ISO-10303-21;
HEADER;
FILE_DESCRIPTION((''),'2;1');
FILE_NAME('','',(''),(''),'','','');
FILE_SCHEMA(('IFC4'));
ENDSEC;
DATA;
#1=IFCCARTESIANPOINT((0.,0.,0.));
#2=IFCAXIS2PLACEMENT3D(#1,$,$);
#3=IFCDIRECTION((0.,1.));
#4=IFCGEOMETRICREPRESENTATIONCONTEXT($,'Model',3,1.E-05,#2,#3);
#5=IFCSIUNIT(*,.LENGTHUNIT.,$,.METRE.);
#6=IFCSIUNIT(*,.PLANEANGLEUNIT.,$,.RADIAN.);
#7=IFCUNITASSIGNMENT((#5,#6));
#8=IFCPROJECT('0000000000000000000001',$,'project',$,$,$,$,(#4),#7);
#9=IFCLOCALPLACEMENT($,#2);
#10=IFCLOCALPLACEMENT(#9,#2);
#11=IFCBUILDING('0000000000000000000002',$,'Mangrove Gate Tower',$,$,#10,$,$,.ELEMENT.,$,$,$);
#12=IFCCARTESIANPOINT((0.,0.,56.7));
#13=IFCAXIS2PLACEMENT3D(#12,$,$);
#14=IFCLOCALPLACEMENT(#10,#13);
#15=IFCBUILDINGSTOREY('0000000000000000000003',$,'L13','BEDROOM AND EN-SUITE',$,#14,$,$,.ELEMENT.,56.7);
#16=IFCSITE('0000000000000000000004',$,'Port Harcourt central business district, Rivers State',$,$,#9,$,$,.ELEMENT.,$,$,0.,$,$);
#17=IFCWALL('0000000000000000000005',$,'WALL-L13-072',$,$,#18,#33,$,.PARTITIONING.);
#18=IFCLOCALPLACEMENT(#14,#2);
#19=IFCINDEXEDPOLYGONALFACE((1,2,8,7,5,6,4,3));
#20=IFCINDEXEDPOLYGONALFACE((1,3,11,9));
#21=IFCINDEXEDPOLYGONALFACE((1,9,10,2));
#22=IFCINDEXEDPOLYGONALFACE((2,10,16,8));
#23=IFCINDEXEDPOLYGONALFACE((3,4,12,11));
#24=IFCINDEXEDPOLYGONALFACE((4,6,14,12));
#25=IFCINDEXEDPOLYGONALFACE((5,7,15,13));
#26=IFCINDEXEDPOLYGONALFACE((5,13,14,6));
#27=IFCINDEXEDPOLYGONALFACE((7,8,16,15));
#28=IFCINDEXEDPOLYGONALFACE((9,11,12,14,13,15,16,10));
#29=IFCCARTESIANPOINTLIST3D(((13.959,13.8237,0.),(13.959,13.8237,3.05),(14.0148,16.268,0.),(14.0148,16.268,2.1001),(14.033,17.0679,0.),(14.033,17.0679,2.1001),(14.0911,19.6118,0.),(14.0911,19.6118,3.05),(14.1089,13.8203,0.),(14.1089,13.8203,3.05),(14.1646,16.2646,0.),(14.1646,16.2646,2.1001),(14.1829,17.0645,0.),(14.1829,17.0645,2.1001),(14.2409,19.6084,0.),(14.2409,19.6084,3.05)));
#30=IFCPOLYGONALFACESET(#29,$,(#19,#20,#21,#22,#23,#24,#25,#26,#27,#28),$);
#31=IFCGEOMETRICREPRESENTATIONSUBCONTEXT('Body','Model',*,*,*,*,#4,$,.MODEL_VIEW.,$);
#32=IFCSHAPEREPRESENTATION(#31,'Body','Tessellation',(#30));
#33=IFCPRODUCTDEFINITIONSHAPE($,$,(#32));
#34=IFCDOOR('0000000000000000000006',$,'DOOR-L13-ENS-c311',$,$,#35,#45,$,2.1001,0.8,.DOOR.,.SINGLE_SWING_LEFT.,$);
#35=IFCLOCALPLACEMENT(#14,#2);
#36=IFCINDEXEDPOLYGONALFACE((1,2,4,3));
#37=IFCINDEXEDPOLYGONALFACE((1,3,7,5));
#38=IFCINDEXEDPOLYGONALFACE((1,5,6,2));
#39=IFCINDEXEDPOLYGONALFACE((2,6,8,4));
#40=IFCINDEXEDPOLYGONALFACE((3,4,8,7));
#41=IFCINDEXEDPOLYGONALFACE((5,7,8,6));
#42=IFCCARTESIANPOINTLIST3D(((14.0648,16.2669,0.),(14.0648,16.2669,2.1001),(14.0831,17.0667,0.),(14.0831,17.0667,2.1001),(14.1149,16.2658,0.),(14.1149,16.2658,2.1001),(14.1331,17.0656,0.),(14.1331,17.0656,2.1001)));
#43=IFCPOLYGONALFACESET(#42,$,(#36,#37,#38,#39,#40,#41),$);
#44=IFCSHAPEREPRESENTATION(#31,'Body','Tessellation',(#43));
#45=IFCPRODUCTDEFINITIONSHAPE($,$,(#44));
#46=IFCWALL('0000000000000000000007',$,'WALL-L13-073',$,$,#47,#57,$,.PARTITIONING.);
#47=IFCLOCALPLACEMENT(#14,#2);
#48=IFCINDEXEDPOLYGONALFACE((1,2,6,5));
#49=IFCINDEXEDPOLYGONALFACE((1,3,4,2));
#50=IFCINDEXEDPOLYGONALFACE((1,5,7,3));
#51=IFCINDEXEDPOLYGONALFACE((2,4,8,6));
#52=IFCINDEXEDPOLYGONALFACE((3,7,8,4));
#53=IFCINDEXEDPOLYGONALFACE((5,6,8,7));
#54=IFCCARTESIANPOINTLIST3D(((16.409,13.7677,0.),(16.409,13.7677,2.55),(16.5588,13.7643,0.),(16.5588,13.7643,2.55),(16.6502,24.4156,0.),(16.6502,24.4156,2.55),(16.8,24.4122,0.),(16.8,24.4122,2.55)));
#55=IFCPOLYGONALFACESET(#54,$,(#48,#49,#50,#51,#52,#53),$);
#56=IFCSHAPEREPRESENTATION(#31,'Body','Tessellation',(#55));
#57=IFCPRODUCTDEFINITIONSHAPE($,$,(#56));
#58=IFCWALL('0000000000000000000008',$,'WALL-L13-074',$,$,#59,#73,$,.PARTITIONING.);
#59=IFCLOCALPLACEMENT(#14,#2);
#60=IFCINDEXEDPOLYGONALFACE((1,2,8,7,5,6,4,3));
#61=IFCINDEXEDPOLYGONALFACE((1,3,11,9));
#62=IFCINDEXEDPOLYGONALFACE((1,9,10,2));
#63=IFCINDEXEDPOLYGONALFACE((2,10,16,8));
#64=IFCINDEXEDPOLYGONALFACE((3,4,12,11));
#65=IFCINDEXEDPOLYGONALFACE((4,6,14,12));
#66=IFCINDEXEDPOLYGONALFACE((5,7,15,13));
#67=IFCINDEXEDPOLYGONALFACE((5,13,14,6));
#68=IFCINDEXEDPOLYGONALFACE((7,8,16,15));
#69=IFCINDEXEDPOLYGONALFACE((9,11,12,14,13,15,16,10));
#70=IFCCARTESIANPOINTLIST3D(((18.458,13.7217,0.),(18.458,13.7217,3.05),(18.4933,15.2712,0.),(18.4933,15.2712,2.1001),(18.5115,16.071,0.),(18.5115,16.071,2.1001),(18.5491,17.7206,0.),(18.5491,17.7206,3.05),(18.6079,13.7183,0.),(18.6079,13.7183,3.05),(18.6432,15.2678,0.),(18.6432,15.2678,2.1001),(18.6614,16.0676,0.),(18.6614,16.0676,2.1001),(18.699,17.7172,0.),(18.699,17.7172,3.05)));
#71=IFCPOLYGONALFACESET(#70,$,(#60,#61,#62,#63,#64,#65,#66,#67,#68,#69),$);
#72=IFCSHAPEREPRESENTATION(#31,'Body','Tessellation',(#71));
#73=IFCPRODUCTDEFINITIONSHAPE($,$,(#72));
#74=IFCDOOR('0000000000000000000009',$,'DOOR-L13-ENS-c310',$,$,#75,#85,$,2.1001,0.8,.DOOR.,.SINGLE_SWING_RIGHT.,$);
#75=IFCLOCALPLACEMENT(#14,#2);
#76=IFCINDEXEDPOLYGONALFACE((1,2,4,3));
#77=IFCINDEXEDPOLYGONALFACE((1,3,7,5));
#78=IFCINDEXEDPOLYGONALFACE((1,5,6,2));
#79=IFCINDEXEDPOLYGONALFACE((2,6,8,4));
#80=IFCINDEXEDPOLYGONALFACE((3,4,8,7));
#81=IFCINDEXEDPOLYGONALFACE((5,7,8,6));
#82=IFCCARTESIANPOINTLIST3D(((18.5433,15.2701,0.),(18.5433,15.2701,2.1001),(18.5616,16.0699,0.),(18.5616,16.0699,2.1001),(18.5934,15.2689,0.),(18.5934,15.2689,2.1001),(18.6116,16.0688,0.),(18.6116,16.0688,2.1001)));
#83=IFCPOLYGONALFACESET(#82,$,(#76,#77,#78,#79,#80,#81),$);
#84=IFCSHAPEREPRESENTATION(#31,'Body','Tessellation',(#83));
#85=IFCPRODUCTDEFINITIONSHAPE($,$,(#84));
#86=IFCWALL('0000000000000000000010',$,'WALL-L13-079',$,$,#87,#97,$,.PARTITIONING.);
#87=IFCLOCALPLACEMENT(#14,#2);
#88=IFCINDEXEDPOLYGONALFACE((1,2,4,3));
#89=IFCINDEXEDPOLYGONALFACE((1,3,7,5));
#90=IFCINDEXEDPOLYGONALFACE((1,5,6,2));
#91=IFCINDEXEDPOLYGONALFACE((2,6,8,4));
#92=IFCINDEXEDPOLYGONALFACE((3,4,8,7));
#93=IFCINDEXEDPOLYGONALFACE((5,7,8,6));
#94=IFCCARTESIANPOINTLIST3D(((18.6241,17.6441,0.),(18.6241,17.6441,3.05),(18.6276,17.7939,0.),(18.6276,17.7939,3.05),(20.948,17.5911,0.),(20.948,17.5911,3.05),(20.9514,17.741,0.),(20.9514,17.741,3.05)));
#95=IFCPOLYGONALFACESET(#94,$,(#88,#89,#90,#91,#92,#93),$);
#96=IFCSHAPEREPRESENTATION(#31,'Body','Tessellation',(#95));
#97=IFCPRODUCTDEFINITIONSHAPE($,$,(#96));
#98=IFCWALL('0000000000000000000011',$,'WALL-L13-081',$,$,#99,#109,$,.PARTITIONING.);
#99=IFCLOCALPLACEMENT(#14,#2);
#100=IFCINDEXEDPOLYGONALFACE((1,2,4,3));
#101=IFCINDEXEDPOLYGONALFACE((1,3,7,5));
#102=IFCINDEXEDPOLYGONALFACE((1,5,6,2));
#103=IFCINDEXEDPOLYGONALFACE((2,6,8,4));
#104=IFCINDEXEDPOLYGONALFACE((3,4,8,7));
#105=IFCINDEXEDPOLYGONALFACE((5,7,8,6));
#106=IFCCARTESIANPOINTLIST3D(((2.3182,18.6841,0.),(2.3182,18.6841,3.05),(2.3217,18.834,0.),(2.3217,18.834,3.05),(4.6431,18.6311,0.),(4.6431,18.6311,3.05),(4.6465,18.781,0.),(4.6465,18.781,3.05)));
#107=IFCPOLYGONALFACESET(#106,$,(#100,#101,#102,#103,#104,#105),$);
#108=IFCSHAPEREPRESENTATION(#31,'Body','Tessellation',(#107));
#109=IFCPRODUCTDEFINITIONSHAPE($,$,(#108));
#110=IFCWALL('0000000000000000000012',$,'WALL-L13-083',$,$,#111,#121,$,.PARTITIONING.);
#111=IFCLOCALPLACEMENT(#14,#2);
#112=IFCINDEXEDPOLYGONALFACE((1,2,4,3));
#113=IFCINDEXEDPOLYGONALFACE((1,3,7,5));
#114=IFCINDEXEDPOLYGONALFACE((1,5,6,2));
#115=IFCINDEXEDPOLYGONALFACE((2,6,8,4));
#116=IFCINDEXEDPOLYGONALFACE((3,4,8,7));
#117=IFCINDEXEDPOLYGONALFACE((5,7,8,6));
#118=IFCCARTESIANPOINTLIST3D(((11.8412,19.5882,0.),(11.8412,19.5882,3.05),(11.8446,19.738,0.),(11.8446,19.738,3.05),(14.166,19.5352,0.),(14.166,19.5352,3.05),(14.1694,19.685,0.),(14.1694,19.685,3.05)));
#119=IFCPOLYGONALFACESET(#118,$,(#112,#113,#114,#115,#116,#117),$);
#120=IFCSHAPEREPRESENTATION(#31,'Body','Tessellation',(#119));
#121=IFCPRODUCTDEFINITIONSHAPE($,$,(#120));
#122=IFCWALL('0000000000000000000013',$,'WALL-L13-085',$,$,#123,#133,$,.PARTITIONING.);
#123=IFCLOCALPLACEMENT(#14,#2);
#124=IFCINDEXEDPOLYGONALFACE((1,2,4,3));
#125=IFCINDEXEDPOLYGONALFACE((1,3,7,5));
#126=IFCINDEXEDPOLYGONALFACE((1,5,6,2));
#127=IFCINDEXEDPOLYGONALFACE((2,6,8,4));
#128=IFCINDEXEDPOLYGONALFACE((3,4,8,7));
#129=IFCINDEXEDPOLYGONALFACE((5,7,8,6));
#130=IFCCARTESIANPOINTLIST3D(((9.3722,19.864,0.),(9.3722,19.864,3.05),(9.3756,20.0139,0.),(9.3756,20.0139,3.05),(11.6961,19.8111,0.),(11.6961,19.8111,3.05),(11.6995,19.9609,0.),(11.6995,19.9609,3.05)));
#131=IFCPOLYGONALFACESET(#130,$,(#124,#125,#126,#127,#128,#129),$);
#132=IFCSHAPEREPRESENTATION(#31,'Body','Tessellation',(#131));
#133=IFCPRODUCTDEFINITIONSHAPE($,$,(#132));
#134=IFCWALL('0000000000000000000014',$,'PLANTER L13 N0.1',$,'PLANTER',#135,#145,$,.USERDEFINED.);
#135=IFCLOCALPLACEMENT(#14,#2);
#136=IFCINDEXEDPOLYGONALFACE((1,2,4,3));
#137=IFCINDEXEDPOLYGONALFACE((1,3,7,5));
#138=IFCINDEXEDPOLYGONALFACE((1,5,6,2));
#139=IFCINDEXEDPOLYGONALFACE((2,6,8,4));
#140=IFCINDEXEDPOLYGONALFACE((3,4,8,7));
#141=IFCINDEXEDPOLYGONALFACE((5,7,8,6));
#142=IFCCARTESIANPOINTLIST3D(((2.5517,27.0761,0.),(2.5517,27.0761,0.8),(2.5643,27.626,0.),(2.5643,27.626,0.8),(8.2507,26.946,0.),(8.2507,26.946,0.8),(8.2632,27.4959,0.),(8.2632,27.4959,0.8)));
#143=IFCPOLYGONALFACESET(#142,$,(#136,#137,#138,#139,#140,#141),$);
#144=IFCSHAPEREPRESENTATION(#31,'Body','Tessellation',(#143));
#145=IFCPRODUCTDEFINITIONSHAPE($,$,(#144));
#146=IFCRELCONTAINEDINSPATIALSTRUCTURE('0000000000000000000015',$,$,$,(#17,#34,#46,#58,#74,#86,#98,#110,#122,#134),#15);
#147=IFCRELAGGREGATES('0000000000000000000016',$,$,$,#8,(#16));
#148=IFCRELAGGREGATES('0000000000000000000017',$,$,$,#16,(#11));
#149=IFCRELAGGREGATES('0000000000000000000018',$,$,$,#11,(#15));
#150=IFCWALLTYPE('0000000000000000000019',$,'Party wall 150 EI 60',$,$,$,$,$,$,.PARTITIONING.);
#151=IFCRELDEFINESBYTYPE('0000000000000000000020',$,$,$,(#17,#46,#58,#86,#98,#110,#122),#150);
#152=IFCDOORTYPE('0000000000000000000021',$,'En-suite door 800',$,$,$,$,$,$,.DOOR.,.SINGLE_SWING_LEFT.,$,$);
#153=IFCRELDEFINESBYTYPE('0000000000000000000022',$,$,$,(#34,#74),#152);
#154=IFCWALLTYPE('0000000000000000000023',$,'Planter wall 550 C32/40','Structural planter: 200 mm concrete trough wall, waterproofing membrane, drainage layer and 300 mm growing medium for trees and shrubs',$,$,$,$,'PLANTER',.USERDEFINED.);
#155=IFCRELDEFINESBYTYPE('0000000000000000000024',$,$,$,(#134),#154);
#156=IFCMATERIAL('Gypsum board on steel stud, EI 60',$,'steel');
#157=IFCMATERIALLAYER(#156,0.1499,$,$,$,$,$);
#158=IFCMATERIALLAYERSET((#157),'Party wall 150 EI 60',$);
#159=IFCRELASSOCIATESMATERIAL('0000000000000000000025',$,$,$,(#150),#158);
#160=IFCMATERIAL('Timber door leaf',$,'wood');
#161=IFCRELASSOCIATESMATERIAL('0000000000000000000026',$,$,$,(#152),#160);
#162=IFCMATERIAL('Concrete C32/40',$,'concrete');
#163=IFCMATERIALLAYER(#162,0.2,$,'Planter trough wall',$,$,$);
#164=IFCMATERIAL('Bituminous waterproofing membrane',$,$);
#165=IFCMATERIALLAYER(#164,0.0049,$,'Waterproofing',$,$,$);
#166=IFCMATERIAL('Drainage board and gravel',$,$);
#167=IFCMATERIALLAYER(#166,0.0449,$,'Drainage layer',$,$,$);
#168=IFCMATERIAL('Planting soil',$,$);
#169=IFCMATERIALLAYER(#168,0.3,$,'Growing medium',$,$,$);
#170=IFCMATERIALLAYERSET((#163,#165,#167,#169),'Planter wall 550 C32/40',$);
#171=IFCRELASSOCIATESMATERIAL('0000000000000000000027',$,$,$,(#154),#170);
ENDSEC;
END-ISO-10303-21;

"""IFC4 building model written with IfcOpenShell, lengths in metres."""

from ifc_helpers import new_model, si_unit, direction, frame, frame_2d, origin, place, context, subcontext, project, spatial, rectangle, extrude, material, layer, layer_set, type_object, element, fill, save


model = new_model("IFC4")

# Units and contexts
model_context = context("Model", 3, precision=1e-05, world=origin(), true_north=direction((0.0, 1.0)))
body_context = subcontext(model_context, "Body", "Model", "MODEL_VIEW")
ifc_project = project(units=[si_unit("LENGTHUNIT", "METRE"), si_unit("PLANEANGLEUNIT", "RADIAN")], contexts=[model_context])

# Site, building, storey
site_placement = place(None, origin())
site = spatial("IfcSite", under=ifc_project, at=site_placement, Name="Port Harcourt central business district, Rivers State", CompositionType="ELEMENT", RefElevation=0.0)
building_placement = place(site_placement, origin())
building = spatial("IfcBuilding", under=site, at=building_placement, Name="Mangrove Gate Tower", CompositionType="ELEMENT")
storey_placement = place(building_placement, frame((0.0, 0.0, 56.7)))
storey = spatial("IfcBuildingStorey", under=building, at=storey_placement, Name="L13", Description="BEDROOM AND EN-SUITE", CompositionType="ELEMENT", Elevation=56.7)

# Shared definitions
ifc_material_1 = material(Name="Gypsum board on steel stud, EI 60", Category="steel")
ifc_layer_1 = layer(ifc_material_1, 0.1499)
ifc_layer_set_1 = layer_set([ifc_layer_1], Name="Party wall 150 EI 60")
wall_type_1 = type_object("IfcWallType", Name="Party wall 150 EI 60", PredefinedType="PARTITIONING", material=ifc_layer_set_1)

# Shared definitions
ifc_material_2 = material(Name="Timber door leaf", Category="wood")
door_type = type_object("IfcDoorType", Name="En-suite door 800", OperationType="SINGLE_SWING_LEFT", PredefinedType="DOOR", material=ifc_material_2)

# Wall, opening, door
wall_1_placement = place(storey_placement, frame((14.0339, 13.822, 0.0), z_axis=(0.0, 0.0, 1.0), x_axis=(0.022813, 0.99974, 0.0)))
wall_1 = element("IfcWall", 1, at=wall_1_placement, inside=storey, type_object=wall_type_1, Name="WALL-L13-072", PredefinedType="PARTITIONING", context=body_context, shape_type="SweptSolid", body=[
    extrude(rectangle(XDim=5.7896, YDim=0.1499, at=frame_2d((2.8948, 0.0))), origin(), (0.0, 0.0, 1.0), 3.05),
])
opening_1_placement = place(wall_1_placement, frame((2.4451, 0.0, 0.0)))
opening_1 = element("IfcOpeningElement", 2, at=opening_1_placement, cuts=wall_1, PredefinedType="OPENING", context=body_context, shape_type="SweptSolid", body=[
    extrude(rectangle(XDim=0.8, YDim=2.1001, at=frame_2d((0.3999, 1.05))), frame((0.0, 0.085, 0.0), z_axis=(0.0, -1.0, 0.0), x_axis=(1.0, 0.0, 0.0)), (0.0, 0.0, 1.0), 0.1699),
])
door_1_placement = place(opening_1_placement, origin())
door_1 = element("IfcDoor", 3, at=door_1_placement, inside=storey, type_object=door_type, Name="DOOR-L13-ENS-c311", OperationType="SINGLE_SWING_LEFT", OverallHeight=2.1001, OverallWidth=0.8, PredefinedType="DOOR", context=body_context, shape_type="SweptSolid", body=[
    extrude(rectangle(XDim=0.8, YDim=2.1001, at=frame_2d((0.3999, 1.05))), frame((0.0, 0.0249, 0.0), z_axis=(0.0, -1.0, 0.0), x_axis=(1.0, 0.0, 0.0)), (0.0, 0.0, 1.0), 0.05),
])
fill(opening_1, door_1)

# Wall
wall_2_placement = place(storey_placement, frame((16.4839, 13.7661, 0.0), z_axis=(0.0, 0.0, 1.0), x_axis=(0.022647, 0.999744, 0.0)))
element("IfcWall", 4, at=wall_2_placement, inside=storey, type_object=wall_type_1, Name="WALL-L13-073", PredefinedType="PARTITIONING", context=body_context, shape_type="SweptSolid", body=[
    extrude(rectangle(XDim=10.6506, YDim=0.1499, at=frame_2d((5.3252, 0.0))), origin(), (0.0, 0.0, 1.0), 2.55),
])

# Wall, opening, door
wall_3_placement = place(storey_placement, frame((18.533, 13.72, 0.0), z_axis=(0.0, 0.0, 1.0), x_axis=(0.022766, 0.999741, 0.0)))
wall_3 = element("IfcWall", 5, at=wall_3_placement, inside=storey, type_object=wall_type_1, Name="WALL-L13-074", PredefinedType="PARTITIONING", context=body_context, shape_type="SweptSolid", body=[
    extrude(rectangle(XDim=4.0, YDim=0.1499, at=frame_2d((2.0, 0.0))), origin(), (0.0, 0.0, 1.0), 3.05),
])
opening_2_placement = place(wall_3_placement, frame((1.55, 0.0, 0.0)))
opening_2 = element("IfcOpeningElement", 6, at=opening_2_placement, cuts=wall_3, PredefinedType="OPENING", context=body_context, shape_type="SweptSolid", body=[
    extrude(rectangle(XDim=0.8, YDim=2.1001, at=frame_2d((0.3999, 1.05))), frame((0.0, 0.085, 0.0), z_axis=(0.0, -1.0, 0.0), x_axis=(1.0, 0.0, 0.0)), (0.0, 0.0, 1.0), 0.1699),
])
door_2_placement = place(opening_2_placement, origin())
door_2 = element("IfcDoor", 7, at=door_2_placement, inside=storey, type_object=door_type, Name="DOOR-L13-ENS-c310", OperationType="SINGLE_SWING_RIGHT", OverallHeight=2.1001, OverallWidth=0.8, PredefinedType="DOOR", context=body_context, shape_type="SweptSolid", body=[
    extrude(rectangle(XDim=0.8, YDim=2.1001, at=frame_2d((0.3999, 1.05))), frame((0.0, 0.0249, 0.0), z_axis=(0.0, -1.0, 0.0), x_axis=(1.0, 0.0, 0.0)), (0.0, 0.0, 1.0), 0.05),
])
fill(opening_2, door_2)

# Walls
wall_4_placement = place(storey_placement, frame((18.626, 17.719, 0.0), z_axis=(0.0, 0.0, 1.0), x_axis=(0.99974, -0.022791, 0.0)))
element("IfcWall", 8, at=wall_4_placement, inside=storey, type_object=wall_type_1, Name="WALL-L13-079", PredefinedType="PARTITIONING", context=body_context, shape_type="SweptSolid", body=[
    extrude(rectangle(XDim=2.3245, YDim=0.1499, at=frame_2d((1.1621, 0.0))), origin(), (0.0, 0.0, 1.0), 3.05),
])
for number, where, z_axis, x_axis, name in (
    (9, (2.3201, 18.759, 0.0), (0.0, 0.0, 1.0), (0.99974, -0.022781, 0.0), "WALL-L13-081"),
    (10, (11.843, 19.6631, 0.0), (0.0, 0.0, 1.0), (0.99974, -0.022781, 0.0), "WALL-L13-083"),
):
    element("IfcWall", number, at=place(storey_placement, frame(where, z_axis=z_axis, x_axis=x_axis)), inside=storey, type_object=wall_type_1, Name=name, PredefinedType="PARTITIONING", context=body_context, shape_type="SweptSolid", body=[
        extrude(rectangle(XDim=2.3254, YDim=0.1499, at=frame_2d((1.1626, 0.0))), origin(), (0.0, 0.0, 1.0), 3.05),
    ])
wall_5_placement = place(storey_placement, frame((9.374, 19.939, 0.0), z_axis=(0.0, 0.0, 1.0), x_axis=(0.99974, -0.022791, 0.0)))
element("IfcWall", 11, at=wall_5_placement, inside=storey, type_object=wall_type_1, Name="WALL-L13-085", PredefinedType="PARTITIONING", context=body_context, shape_type="SweptSolid", body=[
    extrude(rectangle(XDim=2.3245, YDim=0.1499, at=frame_2d((1.1621, 0.0))), origin(), (0.0, 0.0, 1.0), 3.05),
])
ifc_material_3 = material(Name="Concrete C32/40", Category="concrete")
ifc_layer_2 = layer(ifc_material_3, 0.2, Name="Planter trough wall")
ifc_material_4 = material(Name="Bituminous waterproofing membrane")
ifc_layer_3 = layer(ifc_material_4, 0.0049, Name="Waterproofing")
ifc_material_5 = material(Name="Drainage board and gravel")
ifc_layer_4 = layer(ifc_material_5, 0.0449, Name="Drainage layer")
ifc_material_6 = material(Name="Planting soil")
ifc_layer_5 = layer(ifc_material_6, 0.3, Name="Growing medium")
ifc_layer_set_2 = layer_set([ifc_layer_2, ifc_layer_3, ifc_layer_4, ifc_layer_5], Name="Planter wall 550 C32/40")
wall_type_2 = type_object("IfcWallType", Name="Planter wall 550 C32/40", Description="Structural planter: 200 mm concrete trough wall, waterproofing membrane, drainage layer and 300 mm growing medium for trees and shrubs", ElementType="PLANTER", PredefinedType="USERDEFINED", material=ifc_layer_set_2)
wall_6_placement = place(storey_placement, frame((2.5581, 27.3511, 0.0), z_axis=(0.0, 0.0, 1.0), x_axis=(0.999739, -0.022827, 0.0)))
element("IfcWall", 12, at=wall_6_placement, inside=storey, type_object=wall_type_2, Name="PLANTER L13 N0.1", ObjectType="PLANTER", PredefinedType="USERDEFINED", context=body_context, shape_type="SweptSolid", body=[
    extrude(rectangle(XDim=5.7004, YDim=0.55, at=frame_2d((2.8501, 0.0))), origin(), (0.0, 0.0, 1.0), 0.8),
])

save(model, "model.ifc")
